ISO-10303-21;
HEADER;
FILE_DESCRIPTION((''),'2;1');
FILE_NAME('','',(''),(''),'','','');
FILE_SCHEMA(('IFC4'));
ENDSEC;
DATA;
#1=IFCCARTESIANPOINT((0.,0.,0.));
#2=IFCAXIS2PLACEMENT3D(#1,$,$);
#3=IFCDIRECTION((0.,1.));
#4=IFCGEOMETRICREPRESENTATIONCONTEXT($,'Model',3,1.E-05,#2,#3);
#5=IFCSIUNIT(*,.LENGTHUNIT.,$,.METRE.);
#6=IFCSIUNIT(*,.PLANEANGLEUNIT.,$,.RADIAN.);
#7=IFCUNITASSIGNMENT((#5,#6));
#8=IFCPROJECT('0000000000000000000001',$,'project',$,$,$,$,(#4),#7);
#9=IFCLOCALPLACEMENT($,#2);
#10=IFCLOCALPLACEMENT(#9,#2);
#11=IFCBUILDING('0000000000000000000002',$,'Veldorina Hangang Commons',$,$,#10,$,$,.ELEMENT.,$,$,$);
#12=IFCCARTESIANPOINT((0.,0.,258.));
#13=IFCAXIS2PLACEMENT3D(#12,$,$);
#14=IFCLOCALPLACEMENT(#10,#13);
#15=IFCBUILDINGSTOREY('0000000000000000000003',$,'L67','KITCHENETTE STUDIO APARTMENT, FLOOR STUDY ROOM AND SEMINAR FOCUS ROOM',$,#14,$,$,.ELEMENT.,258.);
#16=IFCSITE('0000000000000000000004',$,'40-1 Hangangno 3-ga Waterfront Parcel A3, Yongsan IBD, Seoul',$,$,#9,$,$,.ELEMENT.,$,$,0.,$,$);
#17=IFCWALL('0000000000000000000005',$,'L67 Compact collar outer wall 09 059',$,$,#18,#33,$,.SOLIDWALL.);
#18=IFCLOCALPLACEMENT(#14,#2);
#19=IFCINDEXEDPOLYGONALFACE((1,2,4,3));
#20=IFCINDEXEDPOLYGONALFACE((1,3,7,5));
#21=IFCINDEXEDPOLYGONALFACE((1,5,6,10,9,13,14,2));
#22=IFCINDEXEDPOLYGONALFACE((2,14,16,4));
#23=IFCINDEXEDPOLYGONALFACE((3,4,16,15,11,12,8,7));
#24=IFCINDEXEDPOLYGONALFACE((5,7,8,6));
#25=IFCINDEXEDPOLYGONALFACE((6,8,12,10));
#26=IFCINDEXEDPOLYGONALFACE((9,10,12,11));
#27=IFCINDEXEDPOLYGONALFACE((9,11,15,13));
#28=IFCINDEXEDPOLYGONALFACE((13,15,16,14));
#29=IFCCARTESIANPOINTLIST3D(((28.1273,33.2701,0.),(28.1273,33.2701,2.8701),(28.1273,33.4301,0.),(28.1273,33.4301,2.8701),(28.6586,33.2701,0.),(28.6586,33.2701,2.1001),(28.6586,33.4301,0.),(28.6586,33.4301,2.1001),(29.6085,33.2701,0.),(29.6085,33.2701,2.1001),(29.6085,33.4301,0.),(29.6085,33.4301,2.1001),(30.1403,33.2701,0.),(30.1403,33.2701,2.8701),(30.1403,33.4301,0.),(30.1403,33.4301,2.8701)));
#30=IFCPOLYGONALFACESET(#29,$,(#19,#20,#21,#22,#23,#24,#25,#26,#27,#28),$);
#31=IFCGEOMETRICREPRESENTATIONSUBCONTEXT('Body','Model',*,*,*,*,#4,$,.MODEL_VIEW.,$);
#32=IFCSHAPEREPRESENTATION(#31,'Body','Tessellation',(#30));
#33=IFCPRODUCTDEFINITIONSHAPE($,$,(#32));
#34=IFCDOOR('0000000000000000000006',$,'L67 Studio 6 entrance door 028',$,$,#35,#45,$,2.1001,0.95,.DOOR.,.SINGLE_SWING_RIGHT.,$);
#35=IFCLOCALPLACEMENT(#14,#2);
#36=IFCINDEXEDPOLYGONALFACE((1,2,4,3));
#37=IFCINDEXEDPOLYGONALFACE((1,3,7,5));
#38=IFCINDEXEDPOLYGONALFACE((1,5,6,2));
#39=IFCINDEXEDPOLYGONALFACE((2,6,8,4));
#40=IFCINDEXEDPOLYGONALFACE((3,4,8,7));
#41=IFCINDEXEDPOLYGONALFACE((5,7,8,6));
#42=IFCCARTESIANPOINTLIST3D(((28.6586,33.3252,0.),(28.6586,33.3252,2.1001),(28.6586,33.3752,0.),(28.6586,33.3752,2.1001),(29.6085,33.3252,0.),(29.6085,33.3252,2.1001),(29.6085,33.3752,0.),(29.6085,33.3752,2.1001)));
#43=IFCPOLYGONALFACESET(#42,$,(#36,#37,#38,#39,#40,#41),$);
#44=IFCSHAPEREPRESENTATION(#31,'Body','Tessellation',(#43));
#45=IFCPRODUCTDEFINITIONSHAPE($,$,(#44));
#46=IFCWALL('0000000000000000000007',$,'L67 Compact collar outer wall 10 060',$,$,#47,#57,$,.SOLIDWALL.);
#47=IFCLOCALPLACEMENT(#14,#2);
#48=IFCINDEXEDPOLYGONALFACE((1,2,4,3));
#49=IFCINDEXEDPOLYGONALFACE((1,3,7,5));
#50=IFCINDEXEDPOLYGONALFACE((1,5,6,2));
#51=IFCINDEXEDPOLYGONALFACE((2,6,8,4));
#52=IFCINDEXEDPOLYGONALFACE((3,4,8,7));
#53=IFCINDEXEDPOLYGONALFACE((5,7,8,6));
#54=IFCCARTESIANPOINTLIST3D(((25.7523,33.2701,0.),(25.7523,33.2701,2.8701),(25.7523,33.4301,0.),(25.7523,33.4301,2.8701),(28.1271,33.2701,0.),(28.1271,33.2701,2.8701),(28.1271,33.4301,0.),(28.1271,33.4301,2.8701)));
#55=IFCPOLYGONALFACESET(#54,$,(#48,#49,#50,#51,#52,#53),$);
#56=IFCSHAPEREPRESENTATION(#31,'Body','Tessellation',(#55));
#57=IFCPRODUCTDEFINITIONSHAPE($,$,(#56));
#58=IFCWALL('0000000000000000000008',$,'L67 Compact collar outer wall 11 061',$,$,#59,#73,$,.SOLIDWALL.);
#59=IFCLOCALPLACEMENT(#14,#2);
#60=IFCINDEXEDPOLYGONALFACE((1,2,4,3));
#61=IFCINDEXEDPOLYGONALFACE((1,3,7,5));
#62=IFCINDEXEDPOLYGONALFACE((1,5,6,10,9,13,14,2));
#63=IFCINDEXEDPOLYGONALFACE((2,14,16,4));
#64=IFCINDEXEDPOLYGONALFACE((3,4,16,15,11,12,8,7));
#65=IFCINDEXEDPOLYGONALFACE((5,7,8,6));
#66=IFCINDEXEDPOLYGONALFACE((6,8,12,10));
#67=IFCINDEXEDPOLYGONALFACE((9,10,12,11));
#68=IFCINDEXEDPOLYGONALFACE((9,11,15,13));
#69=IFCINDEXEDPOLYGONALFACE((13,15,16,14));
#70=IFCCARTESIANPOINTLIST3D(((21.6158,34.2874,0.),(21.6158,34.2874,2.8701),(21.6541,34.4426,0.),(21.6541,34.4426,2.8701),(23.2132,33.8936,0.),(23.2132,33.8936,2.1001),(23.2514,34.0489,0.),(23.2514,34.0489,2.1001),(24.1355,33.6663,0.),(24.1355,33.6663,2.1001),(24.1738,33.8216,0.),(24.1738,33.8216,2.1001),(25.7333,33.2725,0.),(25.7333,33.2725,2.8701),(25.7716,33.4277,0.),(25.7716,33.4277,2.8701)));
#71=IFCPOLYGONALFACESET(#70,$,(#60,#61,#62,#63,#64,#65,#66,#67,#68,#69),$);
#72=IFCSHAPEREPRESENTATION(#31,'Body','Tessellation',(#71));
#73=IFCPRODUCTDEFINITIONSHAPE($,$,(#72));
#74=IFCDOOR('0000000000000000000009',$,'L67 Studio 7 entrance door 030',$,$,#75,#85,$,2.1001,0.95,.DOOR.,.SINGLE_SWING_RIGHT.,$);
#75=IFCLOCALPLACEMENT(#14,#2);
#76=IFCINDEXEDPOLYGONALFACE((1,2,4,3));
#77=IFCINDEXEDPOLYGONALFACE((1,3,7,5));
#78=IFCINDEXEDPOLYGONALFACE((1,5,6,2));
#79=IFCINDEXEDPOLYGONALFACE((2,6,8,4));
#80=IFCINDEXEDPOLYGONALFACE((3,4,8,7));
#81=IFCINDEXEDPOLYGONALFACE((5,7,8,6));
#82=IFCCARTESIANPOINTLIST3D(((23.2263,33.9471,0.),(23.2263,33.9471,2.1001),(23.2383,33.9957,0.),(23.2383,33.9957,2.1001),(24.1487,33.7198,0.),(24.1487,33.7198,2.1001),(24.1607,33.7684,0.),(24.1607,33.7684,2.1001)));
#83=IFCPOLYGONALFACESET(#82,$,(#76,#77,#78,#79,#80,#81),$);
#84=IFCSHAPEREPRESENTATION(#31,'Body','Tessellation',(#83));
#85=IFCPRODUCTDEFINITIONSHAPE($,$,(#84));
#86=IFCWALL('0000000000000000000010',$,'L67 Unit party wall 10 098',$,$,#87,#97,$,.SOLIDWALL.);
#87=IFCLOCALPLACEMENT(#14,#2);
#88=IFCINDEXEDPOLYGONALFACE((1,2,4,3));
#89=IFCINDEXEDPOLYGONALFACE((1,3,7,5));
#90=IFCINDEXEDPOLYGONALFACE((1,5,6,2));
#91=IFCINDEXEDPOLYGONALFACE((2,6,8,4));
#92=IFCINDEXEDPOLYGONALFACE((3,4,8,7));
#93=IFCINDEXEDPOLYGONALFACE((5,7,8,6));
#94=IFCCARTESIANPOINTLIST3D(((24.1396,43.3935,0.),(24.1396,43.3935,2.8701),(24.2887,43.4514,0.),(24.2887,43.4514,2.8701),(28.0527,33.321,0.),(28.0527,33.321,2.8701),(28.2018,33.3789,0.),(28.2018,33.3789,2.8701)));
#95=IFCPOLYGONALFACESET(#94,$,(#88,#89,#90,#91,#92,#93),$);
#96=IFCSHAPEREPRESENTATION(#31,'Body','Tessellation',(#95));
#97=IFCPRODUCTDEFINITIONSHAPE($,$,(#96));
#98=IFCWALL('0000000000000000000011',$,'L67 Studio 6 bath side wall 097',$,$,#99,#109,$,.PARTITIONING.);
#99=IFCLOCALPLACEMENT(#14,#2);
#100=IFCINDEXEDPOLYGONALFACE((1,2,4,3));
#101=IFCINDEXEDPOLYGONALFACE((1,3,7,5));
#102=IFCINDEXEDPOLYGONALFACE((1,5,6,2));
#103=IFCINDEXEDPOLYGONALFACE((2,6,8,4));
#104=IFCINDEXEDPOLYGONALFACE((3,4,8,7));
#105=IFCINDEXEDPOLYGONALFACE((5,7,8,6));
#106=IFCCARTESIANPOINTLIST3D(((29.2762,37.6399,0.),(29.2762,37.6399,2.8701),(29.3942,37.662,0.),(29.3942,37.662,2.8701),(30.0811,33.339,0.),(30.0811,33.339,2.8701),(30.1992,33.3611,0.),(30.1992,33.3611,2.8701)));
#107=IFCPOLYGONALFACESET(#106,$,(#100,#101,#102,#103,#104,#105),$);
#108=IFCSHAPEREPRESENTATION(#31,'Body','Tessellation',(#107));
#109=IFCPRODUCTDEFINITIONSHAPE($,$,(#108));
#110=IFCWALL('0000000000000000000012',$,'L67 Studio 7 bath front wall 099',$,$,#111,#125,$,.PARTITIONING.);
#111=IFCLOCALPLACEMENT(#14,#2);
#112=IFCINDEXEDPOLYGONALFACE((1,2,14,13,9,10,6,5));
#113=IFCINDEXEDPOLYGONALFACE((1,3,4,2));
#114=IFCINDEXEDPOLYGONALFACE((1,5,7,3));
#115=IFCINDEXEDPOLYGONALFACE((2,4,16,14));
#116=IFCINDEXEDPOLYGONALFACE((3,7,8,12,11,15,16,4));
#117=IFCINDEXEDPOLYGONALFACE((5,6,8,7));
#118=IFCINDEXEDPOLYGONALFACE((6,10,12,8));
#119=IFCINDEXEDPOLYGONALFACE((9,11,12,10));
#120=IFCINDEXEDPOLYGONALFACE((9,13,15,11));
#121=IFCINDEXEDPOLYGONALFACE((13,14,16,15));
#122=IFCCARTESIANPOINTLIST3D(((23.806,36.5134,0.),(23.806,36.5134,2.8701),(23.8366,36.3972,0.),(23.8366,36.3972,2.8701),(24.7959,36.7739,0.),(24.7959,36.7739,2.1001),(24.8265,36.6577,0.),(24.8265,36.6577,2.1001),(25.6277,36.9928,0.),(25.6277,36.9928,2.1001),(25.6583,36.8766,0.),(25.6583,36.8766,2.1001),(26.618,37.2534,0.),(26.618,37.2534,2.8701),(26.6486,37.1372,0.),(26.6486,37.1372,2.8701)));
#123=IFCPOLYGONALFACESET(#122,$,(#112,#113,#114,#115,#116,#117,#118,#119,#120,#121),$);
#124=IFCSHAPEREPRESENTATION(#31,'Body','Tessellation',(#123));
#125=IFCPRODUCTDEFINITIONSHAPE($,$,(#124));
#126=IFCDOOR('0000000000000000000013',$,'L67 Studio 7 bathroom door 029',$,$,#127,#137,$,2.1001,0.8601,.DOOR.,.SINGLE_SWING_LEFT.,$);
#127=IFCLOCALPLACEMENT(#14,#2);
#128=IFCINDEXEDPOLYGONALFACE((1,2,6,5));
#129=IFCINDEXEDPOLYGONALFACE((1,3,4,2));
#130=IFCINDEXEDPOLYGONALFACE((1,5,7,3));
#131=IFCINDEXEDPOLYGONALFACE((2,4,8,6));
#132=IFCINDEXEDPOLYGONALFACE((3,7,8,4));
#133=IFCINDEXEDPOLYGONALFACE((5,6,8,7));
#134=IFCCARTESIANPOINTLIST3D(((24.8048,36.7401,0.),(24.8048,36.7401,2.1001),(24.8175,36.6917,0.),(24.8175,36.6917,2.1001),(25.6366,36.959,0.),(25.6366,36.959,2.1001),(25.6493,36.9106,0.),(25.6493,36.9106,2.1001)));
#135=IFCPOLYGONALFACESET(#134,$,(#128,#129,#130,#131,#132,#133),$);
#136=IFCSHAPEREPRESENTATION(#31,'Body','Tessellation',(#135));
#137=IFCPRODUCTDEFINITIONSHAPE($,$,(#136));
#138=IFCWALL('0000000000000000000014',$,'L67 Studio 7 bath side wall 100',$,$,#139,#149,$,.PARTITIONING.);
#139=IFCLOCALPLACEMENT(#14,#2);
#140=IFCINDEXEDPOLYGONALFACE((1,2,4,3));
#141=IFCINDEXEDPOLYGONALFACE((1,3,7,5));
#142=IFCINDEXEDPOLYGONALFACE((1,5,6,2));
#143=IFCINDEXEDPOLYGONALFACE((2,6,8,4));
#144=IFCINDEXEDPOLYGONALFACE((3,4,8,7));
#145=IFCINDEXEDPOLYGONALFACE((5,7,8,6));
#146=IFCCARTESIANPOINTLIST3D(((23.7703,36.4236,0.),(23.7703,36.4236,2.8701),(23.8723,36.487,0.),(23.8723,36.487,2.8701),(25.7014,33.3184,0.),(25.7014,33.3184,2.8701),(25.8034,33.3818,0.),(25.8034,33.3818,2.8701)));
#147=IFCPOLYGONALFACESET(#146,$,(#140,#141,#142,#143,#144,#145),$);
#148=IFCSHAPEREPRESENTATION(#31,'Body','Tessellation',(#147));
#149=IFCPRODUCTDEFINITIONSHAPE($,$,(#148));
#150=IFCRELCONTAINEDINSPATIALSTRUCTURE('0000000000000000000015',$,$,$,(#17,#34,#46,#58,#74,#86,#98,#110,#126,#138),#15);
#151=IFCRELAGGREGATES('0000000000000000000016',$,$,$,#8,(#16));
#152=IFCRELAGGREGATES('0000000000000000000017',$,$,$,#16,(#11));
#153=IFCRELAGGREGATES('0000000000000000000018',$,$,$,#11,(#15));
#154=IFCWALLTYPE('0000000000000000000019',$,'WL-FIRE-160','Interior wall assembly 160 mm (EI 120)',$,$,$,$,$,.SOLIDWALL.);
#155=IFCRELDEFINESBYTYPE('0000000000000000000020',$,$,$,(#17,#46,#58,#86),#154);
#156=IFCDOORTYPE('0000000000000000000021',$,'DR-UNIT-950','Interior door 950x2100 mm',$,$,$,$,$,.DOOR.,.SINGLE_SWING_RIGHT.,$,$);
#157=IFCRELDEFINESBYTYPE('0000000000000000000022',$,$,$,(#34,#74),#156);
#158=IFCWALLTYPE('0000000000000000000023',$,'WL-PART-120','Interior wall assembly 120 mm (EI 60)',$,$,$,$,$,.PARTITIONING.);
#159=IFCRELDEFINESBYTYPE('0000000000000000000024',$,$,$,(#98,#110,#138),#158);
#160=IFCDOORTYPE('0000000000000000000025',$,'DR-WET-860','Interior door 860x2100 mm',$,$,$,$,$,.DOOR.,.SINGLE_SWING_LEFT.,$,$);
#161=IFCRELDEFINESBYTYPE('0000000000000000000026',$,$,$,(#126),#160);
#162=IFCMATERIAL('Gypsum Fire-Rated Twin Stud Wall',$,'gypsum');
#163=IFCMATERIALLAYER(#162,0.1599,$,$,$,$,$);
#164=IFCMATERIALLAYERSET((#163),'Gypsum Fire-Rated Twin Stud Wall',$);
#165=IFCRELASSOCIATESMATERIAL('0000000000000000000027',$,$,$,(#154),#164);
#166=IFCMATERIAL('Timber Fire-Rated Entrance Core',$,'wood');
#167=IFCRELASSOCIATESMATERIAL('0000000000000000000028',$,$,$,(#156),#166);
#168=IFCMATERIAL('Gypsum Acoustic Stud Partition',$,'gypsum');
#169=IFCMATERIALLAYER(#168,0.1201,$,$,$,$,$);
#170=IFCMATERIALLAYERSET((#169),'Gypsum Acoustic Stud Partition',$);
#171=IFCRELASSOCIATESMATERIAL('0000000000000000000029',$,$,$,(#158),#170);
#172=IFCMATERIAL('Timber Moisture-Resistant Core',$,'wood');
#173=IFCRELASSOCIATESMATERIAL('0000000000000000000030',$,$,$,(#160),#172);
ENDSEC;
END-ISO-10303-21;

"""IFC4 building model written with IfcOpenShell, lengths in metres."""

from ifc_helpers import new_model, si_unit, direction, frame, frame_2d, origin, place, context, subcontext, project, spatial, rectangle, extrude, material, layer, layer_set, type_object, element, fill, save


model = new_model("IFC4")

# Units and contexts
model_context = context("Model", 3, precision=1e-05, world=origin(), true_north=direction((0.0, 1.0)))
body_context = subcontext(model_context, "Body", "Model", "MODEL_VIEW")
ifc_project = project(units=[si_unit("LENGTHUNIT", "METRE"), si_unit("PLANEANGLEUNIT", "RADIAN")], contexts=[model_context])

# Site, building, storey
site_placement = place(None, origin())
site = spatial("IfcSite", under=ifc_project, at=site_placement, Name="40-1 Hangangno 3-ga Waterfront Parcel A3, Yongsan IBD, Seoul", CompositionType="ELEMENT", RefElevation=0.0)
building_placement = place(site_placement, origin())
building = spatial("IfcBuilding", under=site, at=building_placement, Name="Veldorina Hangang Commons", CompositionType="ELEMENT")
storey_placement = place(building_placement, frame((0.0, 0.0, 258.0)))
storey = spatial("IfcBuildingStorey", under=building, at=storey_placement, Name="L67", Description="KITCHENETTE STUDIO APARTMENT, FLOOR STUDY ROOM AND SEMINAR FOCUS ROOM", CompositionType="ELEMENT", Elevation=258.0)

# Shared definitions
ifc_material_1 = material(Name="Gypsum Fire-Rated Twin Stud Wall", Category="gypsum")
ifc_layer_1 = layer(ifc_material_1, 0.1599)
ifc_layer_set_1 = layer_set([ifc_layer_1], Name="Gypsum Fire-Rated Twin Stud Wall")
wall_type_1 = type_object("IfcWallType", Name="WL-FIRE-160", Description="Interior wall assembly 160 mm (EI 120)", PredefinedType="SOLIDWALL", material=ifc_layer_set_1)

# Wall, opening, door
wall_1_placement = place(storey_placement, frame((30.1401, 33.3501, 0.0), z_axis=(0.0, 0.0, 1.0), x_axis=(-1.0, 0.0, 0.0)))
wall_1 = element("IfcWall", 1, at=wall_1_placement, inside=storey, type_object=wall_type_1, Name="L67 Compact collar outer wall 09 059", PredefinedType="SOLIDWALL", context=body_context, shape_type="SweptSolid", body=[
    extrude(rectangle(XDim=2.0129, YDim=0.1599, at=frame_2d((1.0063, 0.0))), origin(), (0.0, 0.0, 1.0), 2.8701),
])
opening_1_placement = place(wall_1_placement, frame((0.5315, 0.0, 0.0)))
opening_1 = element("IfcOpeningElement", 2, at=opening_1_placement, cuts=wall_1, PredefinedType="OPENING", context=body_context, shape_type="SweptSolid", body=[
    extrude(rectangle(XDim=0.95, YDim=2.1001, at=frame_2d((0.4751, 1.05))), frame((0.0, 0.0898, 0.0), z_axis=(0.0, -1.0, 0.0), x_axis=(1.0, 0.0, 0.0)), (0.0, 0.0, 1.0), 0.1799),
])
ifc_material_2 = material(Name="Timber Fire-Rated Entrance Core", Category="wood")
door_type_1 = type_object("IfcDoorType", Name="DR-UNIT-950", Description="Interior door 950x2100 mm", OperationType="SINGLE_SWING_RIGHT", PredefinedType="DOOR", material=ifc_material_2)
door_1_placement = place(opening_1_placement, origin())
door_1 = element("IfcDoor", 3, at=door_1_placement, inside=storey, type_object=door_type_1, Name="L67 Studio 6 entrance door 028", OperationType="SINGLE_SWING_RIGHT", OverallHeight=2.1001, OverallWidth=0.95, PredefinedType="DOOR", context=body_context, shape_type="SweptSolid", body=[
    extrude(rectangle(XDim=0.95, YDim=2.1001, at=frame_2d((0.4751, 1.05))), frame((0.0, 0.0249, 0.0), z_axis=(0.0, -1.0, 0.0), x_axis=(1.0, 0.0, 0.0)), (0.0, 0.0, 1.0), 0.05),
])
fill(opening_1, door_1)

# Wall
wall_2_placement = place(storey_placement, frame((28.1272, 33.3501, 0.0), z_axis=(0.0, 0.0, 1.0), x_axis=(-1.0, 0.0, 0.0)))
element("IfcWall", 4, at=wall_2_placement, inside=storey, type_object=wall_type_1, Name="L67 Compact collar outer wall 10 060", PredefinedType="SOLIDWALL", context=body_context, shape_type="SweptSolid", body=[
    extrude(rectangle(XDim=2.3748, YDim=0.1599, at=frame_2d((1.1875, 0.0))), origin(), (0.0, 0.0, 1.0), 2.8701),
])

# Wall, opening, door
wall_3_placement = place(storey_placement, frame((25.7524, 33.3501, 0.0), z_axis=(0.0, 0.0, 1.0), x_axis=(-0.97094, 0.239324, 0.0)))
wall_3 = element("IfcWall", 5, at=wall_3_placement, inside=storey, type_object=wall_type_1, Name="L67 Compact collar outer wall 11 061", PredefinedType="SOLIDWALL", context=body_context, shape_type="SweptSolid", body=[
    extrude(rectangle(XDim=4.2407, YDim=0.1599, at=frame_2d((2.1204, 0.0))), origin(), (0.0, 0.0, 1.0), 2.8701),
])
opening_2_placement = place(wall_3_placement, frame((1.6455, 0.0, 0.0)))
opening_2 = element("IfcOpeningElement", 6, at=opening_2_placement, cuts=wall_3, PredefinedType="OPENING", context=body_context, shape_type="SweptSolid", body=[
    extrude(rectangle(XDim=0.95, YDim=2.1001, at=frame_2d((0.4751, 1.05))), frame((0.0, 0.0898, 0.0), z_axis=(0.0, -1.0, 0.0), x_axis=(1.0, 0.0, 0.0)), (0.0, 0.0, 1.0), 0.1799),
])
door_2_placement = place(opening_2_placement, origin())
door_2 = element("IfcDoor", 7, at=door_2_placement, inside=storey, type_object=door_type_1, Name="L67 Studio 7 entrance door 030", OperationType="SINGLE_SWING_RIGHT", OverallHeight=2.1001, OverallWidth=0.95, PredefinedType="DOOR", context=body_context, shape_type="SweptSolid", body=[
    extrude(rectangle(XDim=0.95, YDim=2.1001, at=frame_2d((0.4751, 1.05))), frame((0.0, 0.0249, 0.0), z_axis=(0.0, -1.0, 0.0), x_axis=(1.0, 0.0, 0.0)), (0.0, 0.0, 1.0), 0.05),
])
fill(opening_2, door_2)

# Walls
wall_4_placement = place(storey_placement, frame((28.1272, 33.3501, 0.0), z_axis=(0.0, 0.0, 1.0), x_axis=(-0.362125, 0.93213, 0.0)))
element("IfcWall", 8, at=wall_4_placement, inside=storey, type_object=wall_type_1, Name="L67 Unit party wall 10 098", PredefinedType="SOLIDWALL", context=body_context, shape_type="SweptSolid", body=[
    extrude(rectangle(XDim=10.8059, YDim=0.1599, at=frame_2d((5.4028, 0.0))), origin(), (0.0, 0.0, 1.0), 2.8701),
])
ifc_material_3 = material(Name="Gypsum Acoustic Stud Partition", Category="gypsum")
ifc_layer_2 = layer(ifc_material_3, 0.1201)
ifc_layer_set_2 = layer_set([ifc_layer_2], Name="Gypsum Acoustic Stud Partition")
wall_type_2 = type_object("IfcWallType", Name="WL-PART-120", Description="Interior wall assembly 120 mm (EI 60)", PredefinedType="PARTITIONING", material=ifc_layer_set_2)
wall_5_placement = place(storey_placement, frame((30.1401, 33.3501, 0.0), z_axis=(0.0, 0.0, 1.0), x_axis=(-0.183965, 0.982933, 0.0)))
element("IfcWall", 9, at=wall_5_placement, inside=storey, type_object=wall_type_2, Name="L67 Studio 6 bath side wall 097", PredefinedType="PARTITIONING", context=body_context, shape_type="SweptSolid", body=[
    extrude(rectangle(XDim=4.3755, YDim=0.1201, at=frame_2d((2.1877, 0.0))), origin(), (0.0, 0.0, 1.0), 2.8701),
])

# Wall, opening, door
wall_6_placement = place(storey_placement, frame((26.6333, 37.1953, 0.0), z_axis=(0.0, 0.0, 1.0), x_axis=(-0.967076, -0.254489, 0.0)))
wall_6 = element("IfcWall", 10, at=wall_6_placement, inside=storey, type_object=wall_type_2, Name="L67 Studio 7 bath front wall 099", PredefinedType="PARTITIONING", context=body_context, shape_type="SweptSolid", body=[
    extrude(rectangle(XDim=2.9077, YDim=0.1201, at=frame_2d((1.4539, 0.0))), origin(), (0.0, 0.0, 1.0), 2.8701),
])
opening_3_placement = place(wall_6_placement, frame((1.0239, 0.0, 0.0)))
opening_3 = element("IfcOpeningElement", 11, at=opening_3_placement, cuts=wall_6, PredefinedType="OPENING", context=body_context, shape_type="SweptSolid", body=[
    extrude(rectangle(XDim=0.8601, YDim=2.1001, at=frame_2d((0.4302, 1.05))), frame((0.0, 0.0701, 0.0), z_axis=(0.0, -1.0, 0.0), x_axis=(1.0, 0.0, 0.0)), (0.0, 0.0, 1.0), 0.1401),
])
ifc_material_4 = material(Name="Timber Moisture-Resistant Core", Category="wood")
door_type_2 = type_object("IfcDoorType", Name="DR-WET-860", Description="Interior door 860x2100 mm", OperationType="SINGLE_SWING_LEFT", PredefinedType="DOOR", material=ifc_material_4)
door_3_placement = place(opening_3_placement, origin())
door_3 = element("IfcDoor", 12, at=door_3_placement, inside=storey, type_object=door_type_2, Name="L67 Studio 7 bathroom door 029", OperationType="SINGLE_SWING_LEFT", OverallHeight=2.1001, OverallWidth=0.8601, PredefinedType="DOOR", context=body_context, shape_type="SweptSolid", body=[
    extrude(rectangle(XDim=0.8601, YDim=2.1001, at=frame_2d((0.4302, 1.05))), frame((0.0, 0.0249, 0.0), z_axis=(0.0, -1.0, 0.0), x_axis=(1.0, 0.0, 0.0)), (0.0, 0.0, 1.0), 0.05),
])
fill(opening_3, door_3)

# Wall
wall_7_placement = place(storey_placement, frame((25.7524, 33.3501, 0.0), z_axis=(0.0, 0.0, 1.0), x_axis=(-0.528107, 0.849178, 0.0)))
element("IfcWall", 13, at=wall_7_placement, inside=storey, type_object=wall_type_2, Name="L67 Studio 7 bath side wall 100", PredefinedType="PARTITIONING", context=body_context, shape_type="SweptSolid", body=[
    extrude(rectangle(XDim=3.6567, YDim=0.1201, at=frame_2d((1.8284, 0.0))), origin(), (0.0, 0.0, 1.0), 2.8701),
])

save(model, "model.ifc")
